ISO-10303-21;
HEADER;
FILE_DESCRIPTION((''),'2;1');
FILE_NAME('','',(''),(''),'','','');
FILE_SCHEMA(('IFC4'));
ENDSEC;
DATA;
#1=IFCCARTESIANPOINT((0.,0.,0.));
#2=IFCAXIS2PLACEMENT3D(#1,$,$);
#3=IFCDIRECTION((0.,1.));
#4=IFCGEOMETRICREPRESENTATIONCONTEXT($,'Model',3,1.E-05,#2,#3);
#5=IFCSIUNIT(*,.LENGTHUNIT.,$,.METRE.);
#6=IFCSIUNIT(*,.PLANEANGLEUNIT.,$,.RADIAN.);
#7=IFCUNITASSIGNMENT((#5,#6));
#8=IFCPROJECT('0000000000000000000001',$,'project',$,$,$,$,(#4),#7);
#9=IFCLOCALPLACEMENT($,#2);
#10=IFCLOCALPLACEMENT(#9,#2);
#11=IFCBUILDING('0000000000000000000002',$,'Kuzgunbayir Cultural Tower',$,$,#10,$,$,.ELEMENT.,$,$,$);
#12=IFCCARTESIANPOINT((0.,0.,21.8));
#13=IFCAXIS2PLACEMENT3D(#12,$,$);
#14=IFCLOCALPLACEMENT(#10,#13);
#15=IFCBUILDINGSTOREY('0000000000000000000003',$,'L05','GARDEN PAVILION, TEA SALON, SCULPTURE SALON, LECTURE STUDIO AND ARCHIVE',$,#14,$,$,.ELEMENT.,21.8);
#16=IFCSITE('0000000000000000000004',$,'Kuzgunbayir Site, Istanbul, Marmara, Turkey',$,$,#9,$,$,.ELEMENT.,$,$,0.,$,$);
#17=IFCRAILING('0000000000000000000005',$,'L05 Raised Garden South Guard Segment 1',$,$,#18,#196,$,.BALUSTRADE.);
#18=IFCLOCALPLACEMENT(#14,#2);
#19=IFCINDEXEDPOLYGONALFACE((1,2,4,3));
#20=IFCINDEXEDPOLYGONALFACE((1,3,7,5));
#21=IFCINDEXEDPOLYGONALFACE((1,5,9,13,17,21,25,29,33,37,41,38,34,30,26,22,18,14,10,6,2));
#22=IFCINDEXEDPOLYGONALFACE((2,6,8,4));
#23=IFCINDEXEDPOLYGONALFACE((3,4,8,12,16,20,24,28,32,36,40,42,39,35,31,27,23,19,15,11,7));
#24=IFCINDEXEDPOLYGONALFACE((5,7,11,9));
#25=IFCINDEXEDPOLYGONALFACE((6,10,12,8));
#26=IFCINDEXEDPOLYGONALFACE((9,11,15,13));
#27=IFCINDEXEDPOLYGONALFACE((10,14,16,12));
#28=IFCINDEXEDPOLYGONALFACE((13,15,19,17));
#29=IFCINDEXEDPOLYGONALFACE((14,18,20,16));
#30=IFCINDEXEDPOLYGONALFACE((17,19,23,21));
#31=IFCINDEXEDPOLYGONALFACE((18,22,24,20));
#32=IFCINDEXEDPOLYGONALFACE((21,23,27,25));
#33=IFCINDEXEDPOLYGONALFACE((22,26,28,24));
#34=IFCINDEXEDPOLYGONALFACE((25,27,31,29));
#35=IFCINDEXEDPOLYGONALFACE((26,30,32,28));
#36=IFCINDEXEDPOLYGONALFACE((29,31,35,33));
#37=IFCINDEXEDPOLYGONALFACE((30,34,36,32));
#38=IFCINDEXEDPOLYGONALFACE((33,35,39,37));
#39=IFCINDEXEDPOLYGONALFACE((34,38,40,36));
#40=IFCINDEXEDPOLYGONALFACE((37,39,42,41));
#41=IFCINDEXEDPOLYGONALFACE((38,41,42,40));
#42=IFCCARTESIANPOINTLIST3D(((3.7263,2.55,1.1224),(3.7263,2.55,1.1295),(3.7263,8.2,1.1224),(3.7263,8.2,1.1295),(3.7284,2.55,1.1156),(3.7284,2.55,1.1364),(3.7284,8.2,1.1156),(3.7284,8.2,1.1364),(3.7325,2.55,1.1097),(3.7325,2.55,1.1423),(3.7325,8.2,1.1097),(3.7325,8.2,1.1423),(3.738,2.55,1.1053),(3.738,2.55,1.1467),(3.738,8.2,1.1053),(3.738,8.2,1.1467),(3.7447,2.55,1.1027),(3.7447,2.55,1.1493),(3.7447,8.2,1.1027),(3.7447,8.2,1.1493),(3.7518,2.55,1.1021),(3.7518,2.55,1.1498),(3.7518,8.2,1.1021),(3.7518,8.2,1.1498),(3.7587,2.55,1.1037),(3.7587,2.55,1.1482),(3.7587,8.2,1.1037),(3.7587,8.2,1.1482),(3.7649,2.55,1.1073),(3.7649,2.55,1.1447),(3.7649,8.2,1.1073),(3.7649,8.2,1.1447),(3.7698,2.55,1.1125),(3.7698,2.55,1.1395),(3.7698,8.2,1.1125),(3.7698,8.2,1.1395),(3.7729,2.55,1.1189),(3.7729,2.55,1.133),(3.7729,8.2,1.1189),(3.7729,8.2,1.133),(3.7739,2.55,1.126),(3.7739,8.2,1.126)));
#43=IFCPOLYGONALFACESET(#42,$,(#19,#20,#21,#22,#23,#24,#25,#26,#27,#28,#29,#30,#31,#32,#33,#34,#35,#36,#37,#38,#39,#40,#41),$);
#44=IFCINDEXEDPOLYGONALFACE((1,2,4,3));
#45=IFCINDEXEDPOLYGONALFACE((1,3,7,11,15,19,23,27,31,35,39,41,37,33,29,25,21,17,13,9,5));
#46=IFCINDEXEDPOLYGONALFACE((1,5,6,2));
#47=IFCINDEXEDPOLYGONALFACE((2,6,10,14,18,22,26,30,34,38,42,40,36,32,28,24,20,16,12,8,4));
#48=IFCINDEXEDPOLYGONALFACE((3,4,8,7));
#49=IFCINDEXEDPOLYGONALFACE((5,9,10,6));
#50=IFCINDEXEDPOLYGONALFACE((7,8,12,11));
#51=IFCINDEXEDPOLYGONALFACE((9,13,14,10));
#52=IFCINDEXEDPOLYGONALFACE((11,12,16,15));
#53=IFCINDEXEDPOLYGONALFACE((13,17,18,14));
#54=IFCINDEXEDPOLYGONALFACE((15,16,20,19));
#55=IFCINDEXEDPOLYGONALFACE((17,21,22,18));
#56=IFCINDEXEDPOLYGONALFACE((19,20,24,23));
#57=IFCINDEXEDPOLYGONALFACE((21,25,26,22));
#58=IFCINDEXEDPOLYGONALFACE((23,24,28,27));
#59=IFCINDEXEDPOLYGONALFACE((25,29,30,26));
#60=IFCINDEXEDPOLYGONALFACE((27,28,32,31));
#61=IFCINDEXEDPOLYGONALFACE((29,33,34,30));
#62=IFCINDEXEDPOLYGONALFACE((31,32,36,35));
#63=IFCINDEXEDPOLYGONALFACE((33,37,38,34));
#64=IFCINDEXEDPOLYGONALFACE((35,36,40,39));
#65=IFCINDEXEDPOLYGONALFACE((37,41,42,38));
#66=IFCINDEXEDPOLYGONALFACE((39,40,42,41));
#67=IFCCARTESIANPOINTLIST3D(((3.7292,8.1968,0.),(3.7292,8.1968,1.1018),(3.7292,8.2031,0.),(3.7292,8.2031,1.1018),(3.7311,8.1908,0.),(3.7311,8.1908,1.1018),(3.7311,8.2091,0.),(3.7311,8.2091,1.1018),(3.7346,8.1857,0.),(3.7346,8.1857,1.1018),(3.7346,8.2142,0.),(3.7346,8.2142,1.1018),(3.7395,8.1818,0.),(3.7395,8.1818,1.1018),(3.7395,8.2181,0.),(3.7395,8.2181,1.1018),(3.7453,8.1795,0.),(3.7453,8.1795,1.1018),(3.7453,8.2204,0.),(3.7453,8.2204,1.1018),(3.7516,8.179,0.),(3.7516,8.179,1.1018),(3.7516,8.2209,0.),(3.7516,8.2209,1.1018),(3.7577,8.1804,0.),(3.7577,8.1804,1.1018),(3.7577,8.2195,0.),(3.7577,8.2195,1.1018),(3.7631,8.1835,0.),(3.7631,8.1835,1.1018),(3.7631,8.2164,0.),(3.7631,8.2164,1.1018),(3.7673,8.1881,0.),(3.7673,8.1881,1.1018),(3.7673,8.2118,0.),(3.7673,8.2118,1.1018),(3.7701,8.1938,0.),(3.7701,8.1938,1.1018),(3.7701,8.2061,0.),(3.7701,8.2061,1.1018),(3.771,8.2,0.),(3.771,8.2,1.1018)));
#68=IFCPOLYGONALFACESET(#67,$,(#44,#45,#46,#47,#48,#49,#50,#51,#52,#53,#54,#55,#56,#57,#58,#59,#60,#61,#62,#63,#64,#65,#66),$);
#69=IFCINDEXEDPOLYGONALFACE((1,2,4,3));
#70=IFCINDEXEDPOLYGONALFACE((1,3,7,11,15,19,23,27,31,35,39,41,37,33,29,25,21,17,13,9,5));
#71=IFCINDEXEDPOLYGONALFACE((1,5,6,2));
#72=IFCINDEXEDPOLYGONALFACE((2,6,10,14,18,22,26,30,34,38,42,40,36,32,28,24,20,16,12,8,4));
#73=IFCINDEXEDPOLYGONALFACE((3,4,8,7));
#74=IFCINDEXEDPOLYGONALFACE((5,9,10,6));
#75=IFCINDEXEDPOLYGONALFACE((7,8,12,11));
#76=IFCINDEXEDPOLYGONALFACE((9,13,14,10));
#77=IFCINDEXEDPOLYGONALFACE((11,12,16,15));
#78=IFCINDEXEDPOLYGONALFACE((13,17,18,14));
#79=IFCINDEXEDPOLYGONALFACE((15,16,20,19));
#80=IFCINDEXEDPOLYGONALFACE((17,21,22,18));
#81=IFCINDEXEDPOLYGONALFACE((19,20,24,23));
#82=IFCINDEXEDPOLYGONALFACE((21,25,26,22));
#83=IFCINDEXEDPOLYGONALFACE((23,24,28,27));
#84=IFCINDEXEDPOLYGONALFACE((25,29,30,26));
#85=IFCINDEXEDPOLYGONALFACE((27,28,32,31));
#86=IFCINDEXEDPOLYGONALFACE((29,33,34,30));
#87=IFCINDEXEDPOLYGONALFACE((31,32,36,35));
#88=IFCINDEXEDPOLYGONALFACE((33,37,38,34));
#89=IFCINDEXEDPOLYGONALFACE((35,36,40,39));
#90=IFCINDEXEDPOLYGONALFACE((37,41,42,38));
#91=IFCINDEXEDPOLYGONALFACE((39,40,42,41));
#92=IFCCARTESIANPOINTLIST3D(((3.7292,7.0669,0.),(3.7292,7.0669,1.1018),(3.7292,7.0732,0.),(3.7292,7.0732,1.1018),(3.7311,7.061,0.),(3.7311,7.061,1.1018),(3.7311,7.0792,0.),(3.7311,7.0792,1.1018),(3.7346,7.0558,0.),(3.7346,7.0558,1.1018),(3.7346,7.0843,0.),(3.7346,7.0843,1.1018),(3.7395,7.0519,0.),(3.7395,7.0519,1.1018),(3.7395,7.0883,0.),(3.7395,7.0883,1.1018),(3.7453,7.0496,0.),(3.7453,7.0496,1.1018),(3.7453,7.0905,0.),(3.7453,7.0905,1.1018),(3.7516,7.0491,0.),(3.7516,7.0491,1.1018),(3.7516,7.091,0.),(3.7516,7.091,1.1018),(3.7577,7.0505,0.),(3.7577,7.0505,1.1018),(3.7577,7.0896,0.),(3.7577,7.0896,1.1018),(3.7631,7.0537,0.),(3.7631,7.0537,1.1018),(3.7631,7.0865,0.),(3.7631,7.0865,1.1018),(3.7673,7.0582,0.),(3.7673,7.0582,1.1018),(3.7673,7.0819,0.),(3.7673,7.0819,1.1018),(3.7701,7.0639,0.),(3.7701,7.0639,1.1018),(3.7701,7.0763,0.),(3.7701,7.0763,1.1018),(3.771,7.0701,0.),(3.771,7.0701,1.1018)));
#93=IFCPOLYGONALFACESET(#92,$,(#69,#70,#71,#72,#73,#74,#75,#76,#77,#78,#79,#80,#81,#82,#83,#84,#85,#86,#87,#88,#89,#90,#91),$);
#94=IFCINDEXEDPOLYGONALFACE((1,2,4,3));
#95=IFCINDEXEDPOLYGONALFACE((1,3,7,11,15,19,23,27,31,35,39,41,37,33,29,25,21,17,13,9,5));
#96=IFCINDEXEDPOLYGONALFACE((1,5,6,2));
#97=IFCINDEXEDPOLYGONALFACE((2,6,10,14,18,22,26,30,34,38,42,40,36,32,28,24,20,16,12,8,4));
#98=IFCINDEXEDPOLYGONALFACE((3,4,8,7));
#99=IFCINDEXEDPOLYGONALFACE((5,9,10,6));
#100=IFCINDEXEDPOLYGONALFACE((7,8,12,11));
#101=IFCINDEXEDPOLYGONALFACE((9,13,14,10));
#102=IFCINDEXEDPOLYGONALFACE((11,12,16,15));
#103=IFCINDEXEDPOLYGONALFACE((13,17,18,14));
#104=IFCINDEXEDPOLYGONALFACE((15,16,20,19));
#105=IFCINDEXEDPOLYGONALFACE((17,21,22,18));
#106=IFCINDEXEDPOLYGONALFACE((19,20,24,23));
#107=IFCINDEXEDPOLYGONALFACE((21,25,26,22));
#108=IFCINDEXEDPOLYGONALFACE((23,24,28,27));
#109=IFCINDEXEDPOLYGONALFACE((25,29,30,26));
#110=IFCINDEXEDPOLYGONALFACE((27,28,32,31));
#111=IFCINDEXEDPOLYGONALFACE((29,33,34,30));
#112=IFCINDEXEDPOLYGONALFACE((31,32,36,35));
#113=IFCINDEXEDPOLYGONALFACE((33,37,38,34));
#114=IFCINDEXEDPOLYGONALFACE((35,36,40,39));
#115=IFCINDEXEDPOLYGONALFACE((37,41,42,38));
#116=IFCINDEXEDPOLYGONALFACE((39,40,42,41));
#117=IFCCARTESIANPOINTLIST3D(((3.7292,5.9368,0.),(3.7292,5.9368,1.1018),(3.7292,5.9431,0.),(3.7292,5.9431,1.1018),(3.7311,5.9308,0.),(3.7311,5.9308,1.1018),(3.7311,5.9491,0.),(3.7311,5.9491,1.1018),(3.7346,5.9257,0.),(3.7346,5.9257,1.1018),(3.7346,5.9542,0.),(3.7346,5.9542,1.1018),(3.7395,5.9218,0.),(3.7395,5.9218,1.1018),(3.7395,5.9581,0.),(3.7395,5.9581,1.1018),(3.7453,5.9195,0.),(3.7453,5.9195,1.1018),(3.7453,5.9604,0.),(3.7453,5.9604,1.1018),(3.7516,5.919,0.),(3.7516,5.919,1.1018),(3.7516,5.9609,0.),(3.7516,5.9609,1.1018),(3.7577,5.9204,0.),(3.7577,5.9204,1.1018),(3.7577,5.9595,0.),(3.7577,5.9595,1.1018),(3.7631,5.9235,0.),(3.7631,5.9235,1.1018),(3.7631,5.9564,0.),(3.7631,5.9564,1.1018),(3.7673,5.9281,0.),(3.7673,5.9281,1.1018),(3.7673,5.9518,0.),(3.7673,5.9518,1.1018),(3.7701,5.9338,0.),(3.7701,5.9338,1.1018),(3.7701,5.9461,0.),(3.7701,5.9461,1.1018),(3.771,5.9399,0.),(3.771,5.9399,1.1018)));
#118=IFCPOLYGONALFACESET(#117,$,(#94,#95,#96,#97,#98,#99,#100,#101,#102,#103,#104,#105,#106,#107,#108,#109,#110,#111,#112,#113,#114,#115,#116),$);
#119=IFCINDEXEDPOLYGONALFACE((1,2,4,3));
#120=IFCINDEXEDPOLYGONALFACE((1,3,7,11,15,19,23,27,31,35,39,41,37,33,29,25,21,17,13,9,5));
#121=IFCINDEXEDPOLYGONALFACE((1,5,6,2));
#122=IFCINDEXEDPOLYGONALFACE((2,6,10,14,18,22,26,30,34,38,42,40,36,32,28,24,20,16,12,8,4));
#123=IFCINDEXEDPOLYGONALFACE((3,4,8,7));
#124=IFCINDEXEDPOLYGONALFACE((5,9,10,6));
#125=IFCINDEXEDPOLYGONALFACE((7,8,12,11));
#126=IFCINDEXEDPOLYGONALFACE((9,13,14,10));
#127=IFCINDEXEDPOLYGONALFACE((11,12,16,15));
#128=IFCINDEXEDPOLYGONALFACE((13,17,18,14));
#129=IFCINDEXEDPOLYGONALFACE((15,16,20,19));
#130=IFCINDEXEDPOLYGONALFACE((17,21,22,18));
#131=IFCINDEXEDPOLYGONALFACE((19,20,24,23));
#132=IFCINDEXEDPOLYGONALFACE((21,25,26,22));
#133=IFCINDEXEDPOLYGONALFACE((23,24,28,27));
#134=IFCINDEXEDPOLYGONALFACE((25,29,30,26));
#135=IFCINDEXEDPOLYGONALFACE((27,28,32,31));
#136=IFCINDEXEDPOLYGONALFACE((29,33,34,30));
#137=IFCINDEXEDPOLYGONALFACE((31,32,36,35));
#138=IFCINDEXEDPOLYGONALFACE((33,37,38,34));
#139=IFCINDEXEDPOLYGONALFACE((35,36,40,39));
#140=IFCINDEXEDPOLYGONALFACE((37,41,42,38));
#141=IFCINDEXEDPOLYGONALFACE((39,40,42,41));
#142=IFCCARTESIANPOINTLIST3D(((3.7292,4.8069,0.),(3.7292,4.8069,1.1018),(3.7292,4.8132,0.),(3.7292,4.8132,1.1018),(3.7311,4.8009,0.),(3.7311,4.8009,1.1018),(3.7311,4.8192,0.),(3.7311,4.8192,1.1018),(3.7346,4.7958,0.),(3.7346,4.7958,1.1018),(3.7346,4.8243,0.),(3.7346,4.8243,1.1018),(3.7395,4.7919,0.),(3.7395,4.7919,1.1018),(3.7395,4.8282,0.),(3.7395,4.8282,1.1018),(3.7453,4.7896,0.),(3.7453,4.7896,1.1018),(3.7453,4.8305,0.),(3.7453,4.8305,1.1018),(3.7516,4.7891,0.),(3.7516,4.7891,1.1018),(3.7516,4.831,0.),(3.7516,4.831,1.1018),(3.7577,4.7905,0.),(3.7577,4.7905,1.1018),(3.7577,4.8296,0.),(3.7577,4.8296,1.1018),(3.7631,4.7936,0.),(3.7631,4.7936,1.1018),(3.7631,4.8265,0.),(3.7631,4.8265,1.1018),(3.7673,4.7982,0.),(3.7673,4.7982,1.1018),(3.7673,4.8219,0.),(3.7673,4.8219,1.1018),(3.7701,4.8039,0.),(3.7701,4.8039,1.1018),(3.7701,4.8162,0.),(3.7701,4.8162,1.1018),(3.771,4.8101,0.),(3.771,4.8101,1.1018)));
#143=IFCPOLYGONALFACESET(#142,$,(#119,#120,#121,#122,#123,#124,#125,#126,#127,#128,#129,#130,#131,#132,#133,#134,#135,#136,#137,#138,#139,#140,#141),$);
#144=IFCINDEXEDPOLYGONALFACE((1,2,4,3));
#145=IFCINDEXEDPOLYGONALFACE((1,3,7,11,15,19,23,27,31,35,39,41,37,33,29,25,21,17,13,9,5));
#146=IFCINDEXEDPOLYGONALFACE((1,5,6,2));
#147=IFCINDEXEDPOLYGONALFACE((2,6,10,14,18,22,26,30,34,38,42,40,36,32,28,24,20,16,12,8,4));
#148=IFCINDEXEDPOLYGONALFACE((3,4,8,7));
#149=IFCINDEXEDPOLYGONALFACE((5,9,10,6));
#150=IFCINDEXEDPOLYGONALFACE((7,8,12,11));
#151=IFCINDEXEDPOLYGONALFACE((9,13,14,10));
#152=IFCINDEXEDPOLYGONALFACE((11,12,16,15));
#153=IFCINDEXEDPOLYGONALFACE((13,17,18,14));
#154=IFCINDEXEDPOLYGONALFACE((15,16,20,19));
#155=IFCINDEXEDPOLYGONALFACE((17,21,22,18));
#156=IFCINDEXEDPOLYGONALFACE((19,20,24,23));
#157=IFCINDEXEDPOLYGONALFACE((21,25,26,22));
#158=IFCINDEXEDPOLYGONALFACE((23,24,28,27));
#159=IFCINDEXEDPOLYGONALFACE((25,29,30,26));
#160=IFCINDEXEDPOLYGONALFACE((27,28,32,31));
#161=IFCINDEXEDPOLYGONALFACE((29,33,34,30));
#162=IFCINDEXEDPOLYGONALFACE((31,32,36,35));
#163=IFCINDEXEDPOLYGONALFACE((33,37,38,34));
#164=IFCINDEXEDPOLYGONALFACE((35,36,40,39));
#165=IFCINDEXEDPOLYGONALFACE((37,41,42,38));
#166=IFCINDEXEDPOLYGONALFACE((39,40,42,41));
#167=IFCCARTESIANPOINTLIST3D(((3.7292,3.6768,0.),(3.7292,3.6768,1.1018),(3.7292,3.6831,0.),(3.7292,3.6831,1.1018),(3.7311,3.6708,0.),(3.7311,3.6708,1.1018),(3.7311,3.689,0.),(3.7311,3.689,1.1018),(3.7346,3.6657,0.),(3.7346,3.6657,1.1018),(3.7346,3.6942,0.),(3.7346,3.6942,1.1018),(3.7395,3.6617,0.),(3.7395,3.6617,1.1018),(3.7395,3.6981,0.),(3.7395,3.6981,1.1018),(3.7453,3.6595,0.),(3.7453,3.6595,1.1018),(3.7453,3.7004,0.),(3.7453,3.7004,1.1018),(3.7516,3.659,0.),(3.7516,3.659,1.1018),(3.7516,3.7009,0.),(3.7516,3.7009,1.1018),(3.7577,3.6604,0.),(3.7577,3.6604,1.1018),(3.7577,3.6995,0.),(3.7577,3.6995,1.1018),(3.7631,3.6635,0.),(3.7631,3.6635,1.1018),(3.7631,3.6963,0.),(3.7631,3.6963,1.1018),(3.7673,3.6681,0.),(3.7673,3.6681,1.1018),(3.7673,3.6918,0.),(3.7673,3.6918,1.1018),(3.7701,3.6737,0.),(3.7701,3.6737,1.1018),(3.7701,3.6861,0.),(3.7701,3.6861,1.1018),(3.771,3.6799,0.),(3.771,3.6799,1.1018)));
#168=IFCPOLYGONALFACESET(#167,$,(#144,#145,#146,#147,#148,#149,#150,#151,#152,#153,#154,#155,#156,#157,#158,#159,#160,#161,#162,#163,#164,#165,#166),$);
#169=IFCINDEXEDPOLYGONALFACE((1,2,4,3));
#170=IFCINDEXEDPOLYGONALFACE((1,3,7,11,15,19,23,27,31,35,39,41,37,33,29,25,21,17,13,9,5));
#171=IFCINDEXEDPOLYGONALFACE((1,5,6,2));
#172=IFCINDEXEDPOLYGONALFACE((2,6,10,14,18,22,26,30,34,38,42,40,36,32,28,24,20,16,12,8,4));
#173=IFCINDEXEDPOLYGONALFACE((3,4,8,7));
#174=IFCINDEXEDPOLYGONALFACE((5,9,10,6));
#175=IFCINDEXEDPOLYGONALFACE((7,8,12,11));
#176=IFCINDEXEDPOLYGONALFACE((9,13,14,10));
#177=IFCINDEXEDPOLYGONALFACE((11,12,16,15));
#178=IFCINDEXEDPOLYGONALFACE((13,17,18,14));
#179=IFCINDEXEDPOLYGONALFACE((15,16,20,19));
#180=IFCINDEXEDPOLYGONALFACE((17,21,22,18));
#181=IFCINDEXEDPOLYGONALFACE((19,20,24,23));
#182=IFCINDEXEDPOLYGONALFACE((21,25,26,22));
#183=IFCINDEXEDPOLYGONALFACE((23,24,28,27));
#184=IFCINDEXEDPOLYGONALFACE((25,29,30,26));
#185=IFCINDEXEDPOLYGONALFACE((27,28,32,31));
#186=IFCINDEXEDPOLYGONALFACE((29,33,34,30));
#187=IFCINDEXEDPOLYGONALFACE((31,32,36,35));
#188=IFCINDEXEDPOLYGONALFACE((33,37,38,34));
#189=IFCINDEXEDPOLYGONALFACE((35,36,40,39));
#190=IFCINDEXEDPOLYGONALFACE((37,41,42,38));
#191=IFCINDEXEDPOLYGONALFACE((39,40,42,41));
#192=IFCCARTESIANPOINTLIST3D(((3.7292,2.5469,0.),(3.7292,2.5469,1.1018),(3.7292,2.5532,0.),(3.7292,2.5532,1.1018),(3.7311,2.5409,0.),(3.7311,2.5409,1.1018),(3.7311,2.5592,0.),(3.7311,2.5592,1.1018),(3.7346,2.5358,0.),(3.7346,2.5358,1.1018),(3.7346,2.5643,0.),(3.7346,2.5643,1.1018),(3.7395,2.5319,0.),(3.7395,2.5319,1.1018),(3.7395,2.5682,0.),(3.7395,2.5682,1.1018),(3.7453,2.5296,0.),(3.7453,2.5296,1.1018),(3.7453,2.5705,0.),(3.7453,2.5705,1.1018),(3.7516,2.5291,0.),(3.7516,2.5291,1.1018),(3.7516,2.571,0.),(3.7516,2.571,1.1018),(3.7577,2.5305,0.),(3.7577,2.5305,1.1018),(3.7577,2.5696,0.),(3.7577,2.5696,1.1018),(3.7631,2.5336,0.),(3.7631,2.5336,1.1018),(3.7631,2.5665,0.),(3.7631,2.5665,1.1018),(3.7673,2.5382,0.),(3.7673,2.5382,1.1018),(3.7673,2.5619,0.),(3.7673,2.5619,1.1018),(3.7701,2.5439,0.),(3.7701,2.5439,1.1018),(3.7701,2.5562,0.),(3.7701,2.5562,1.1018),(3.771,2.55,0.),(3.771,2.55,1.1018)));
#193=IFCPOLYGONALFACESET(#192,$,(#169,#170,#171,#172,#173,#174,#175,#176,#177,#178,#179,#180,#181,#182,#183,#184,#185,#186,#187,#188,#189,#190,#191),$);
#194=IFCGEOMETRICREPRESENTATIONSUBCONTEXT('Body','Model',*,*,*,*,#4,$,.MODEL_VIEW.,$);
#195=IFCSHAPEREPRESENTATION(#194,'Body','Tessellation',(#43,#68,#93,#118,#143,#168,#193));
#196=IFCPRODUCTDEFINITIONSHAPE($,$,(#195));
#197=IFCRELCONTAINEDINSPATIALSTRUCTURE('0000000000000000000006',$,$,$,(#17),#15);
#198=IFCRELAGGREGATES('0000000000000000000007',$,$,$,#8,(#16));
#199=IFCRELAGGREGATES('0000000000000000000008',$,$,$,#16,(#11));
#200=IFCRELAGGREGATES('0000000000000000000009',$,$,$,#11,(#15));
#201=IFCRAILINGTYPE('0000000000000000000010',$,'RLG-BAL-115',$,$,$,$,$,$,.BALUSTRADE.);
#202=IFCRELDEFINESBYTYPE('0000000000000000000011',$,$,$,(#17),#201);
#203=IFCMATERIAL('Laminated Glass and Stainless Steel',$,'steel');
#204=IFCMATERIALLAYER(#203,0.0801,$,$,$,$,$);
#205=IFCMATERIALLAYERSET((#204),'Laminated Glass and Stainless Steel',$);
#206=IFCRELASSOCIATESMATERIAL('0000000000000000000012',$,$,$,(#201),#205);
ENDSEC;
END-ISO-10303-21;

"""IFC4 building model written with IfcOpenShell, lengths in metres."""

from ifc_helpers import new_model, si_unit, direction, frame, origin, origin_2d, place, context, subcontext, project, spatial, circle, extrude, material, layer, layer_set, type_object, element, save


model = new_model("IFC4")

# Units and contexts
model_context = context("Model", 3, precision=1e-05, world=origin(), true_north=direction((0.0, 1.0)))
body_context = subcontext(model_context, "Body", "Model", "MODEL_VIEW")
ifc_project = project(units=[si_unit("LENGTHUNIT", "METRE"), si_unit("PLANEANGLEUNIT", "RADIAN")], contexts=[model_context])

# Site, building, storey
site_placement = place(None, origin())
site = spatial("IfcSite", under=ifc_project, at=site_placement, Name="Kuzgunbayir Site, Istanbul, Marmara, Turkey", CompositionType="ELEMENT", RefElevation=0.0)
building_placement = place(site_placement, origin())
building = spatial("IfcBuilding", under=site, at=building_placement, Name="Kuzgunbayir Cultural Tower", CompositionType="ELEMENT")
storey_placement = place(building_placement, frame((0.0, 0.0, 21.8)))
storey = spatial("IfcBuildingStorey", under=building, at=storey_placement, Name="L05", Description="GARDEN PAVILION, TEA SALON, SCULPTURE SALON, LECTURE STUDIO AND ARCHIVE", CompositionType="ELEMENT", Elevation=21.8)

# Railing
ifc_material_1 = material(Name="Laminated Glass and Stainless Steel", Category="steel")
ifc_layer_1 = layer(ifc_material_1, 0.0801)
ifc_layer_set_1 = layer_set([ifc_layer_1], Name="Laminated Glass and Stainless Steel")
railing_type = type_object("IfcRailingType", Name="RLG-BAL-115", PredefinedType="BALUSTRADE", material=ifc_layer_set_1)
railing_1_placement = place(storey_placement, frame((3.75, 8.2, 0.0)))
element("IfcRailing", 1, at=railing_1_placement, inside=storey, type_object=railing_type, Name="L05 Raised Garden South Guard Segment 1", PredefinedType="BALUSTRADE", context=body_context, shape_type="SweptSolid", body=[
    extrude(circle(Radius=0.0239, at=origin_2d()), frame((0.0, 0.0, 1.126), z_axis=(0.0, -1.0, 0.0), x_axis=(1.0, 0.0, 0.0)), (0.0, 0.0, 1.0), 5.6499),
    extrude(circle(Radius=0.021, at=origin_2d()), origin(), (0.0, 0.0, 1.0), 1.1018),
    extrude(circle(Radius=0.021, at=origin_2d()), frame((0.0, -1.1299, 0.0)), (0.0, 0.0, 1.0), 1.1018),
    extrude(circle(Radius=0.021, at=origin_2d()), frame((0.0, -2.26, 0.0)), (0.0, 0.0, 1.0), 1.1018),
    extrude(circle(Radius=0.021, at=origin_2d()), frame((0.0, -3.3899, 0.0)), (0.0, 0.0, 1.0), 1.1018),
    extrude(circle(Radius=0.021, at=origin_2d()), frame((0.0, -4.52, 0.0)), (0.0, 0.0, 1.0), 1.1018),
    extrude(circle(Radius=0.021, at=origin_2d()), frame((0.0, -5.6499, 0.0)), (0.0, 0.0, 1.0), 1.1018),
])

save(model, "model.ifc")
